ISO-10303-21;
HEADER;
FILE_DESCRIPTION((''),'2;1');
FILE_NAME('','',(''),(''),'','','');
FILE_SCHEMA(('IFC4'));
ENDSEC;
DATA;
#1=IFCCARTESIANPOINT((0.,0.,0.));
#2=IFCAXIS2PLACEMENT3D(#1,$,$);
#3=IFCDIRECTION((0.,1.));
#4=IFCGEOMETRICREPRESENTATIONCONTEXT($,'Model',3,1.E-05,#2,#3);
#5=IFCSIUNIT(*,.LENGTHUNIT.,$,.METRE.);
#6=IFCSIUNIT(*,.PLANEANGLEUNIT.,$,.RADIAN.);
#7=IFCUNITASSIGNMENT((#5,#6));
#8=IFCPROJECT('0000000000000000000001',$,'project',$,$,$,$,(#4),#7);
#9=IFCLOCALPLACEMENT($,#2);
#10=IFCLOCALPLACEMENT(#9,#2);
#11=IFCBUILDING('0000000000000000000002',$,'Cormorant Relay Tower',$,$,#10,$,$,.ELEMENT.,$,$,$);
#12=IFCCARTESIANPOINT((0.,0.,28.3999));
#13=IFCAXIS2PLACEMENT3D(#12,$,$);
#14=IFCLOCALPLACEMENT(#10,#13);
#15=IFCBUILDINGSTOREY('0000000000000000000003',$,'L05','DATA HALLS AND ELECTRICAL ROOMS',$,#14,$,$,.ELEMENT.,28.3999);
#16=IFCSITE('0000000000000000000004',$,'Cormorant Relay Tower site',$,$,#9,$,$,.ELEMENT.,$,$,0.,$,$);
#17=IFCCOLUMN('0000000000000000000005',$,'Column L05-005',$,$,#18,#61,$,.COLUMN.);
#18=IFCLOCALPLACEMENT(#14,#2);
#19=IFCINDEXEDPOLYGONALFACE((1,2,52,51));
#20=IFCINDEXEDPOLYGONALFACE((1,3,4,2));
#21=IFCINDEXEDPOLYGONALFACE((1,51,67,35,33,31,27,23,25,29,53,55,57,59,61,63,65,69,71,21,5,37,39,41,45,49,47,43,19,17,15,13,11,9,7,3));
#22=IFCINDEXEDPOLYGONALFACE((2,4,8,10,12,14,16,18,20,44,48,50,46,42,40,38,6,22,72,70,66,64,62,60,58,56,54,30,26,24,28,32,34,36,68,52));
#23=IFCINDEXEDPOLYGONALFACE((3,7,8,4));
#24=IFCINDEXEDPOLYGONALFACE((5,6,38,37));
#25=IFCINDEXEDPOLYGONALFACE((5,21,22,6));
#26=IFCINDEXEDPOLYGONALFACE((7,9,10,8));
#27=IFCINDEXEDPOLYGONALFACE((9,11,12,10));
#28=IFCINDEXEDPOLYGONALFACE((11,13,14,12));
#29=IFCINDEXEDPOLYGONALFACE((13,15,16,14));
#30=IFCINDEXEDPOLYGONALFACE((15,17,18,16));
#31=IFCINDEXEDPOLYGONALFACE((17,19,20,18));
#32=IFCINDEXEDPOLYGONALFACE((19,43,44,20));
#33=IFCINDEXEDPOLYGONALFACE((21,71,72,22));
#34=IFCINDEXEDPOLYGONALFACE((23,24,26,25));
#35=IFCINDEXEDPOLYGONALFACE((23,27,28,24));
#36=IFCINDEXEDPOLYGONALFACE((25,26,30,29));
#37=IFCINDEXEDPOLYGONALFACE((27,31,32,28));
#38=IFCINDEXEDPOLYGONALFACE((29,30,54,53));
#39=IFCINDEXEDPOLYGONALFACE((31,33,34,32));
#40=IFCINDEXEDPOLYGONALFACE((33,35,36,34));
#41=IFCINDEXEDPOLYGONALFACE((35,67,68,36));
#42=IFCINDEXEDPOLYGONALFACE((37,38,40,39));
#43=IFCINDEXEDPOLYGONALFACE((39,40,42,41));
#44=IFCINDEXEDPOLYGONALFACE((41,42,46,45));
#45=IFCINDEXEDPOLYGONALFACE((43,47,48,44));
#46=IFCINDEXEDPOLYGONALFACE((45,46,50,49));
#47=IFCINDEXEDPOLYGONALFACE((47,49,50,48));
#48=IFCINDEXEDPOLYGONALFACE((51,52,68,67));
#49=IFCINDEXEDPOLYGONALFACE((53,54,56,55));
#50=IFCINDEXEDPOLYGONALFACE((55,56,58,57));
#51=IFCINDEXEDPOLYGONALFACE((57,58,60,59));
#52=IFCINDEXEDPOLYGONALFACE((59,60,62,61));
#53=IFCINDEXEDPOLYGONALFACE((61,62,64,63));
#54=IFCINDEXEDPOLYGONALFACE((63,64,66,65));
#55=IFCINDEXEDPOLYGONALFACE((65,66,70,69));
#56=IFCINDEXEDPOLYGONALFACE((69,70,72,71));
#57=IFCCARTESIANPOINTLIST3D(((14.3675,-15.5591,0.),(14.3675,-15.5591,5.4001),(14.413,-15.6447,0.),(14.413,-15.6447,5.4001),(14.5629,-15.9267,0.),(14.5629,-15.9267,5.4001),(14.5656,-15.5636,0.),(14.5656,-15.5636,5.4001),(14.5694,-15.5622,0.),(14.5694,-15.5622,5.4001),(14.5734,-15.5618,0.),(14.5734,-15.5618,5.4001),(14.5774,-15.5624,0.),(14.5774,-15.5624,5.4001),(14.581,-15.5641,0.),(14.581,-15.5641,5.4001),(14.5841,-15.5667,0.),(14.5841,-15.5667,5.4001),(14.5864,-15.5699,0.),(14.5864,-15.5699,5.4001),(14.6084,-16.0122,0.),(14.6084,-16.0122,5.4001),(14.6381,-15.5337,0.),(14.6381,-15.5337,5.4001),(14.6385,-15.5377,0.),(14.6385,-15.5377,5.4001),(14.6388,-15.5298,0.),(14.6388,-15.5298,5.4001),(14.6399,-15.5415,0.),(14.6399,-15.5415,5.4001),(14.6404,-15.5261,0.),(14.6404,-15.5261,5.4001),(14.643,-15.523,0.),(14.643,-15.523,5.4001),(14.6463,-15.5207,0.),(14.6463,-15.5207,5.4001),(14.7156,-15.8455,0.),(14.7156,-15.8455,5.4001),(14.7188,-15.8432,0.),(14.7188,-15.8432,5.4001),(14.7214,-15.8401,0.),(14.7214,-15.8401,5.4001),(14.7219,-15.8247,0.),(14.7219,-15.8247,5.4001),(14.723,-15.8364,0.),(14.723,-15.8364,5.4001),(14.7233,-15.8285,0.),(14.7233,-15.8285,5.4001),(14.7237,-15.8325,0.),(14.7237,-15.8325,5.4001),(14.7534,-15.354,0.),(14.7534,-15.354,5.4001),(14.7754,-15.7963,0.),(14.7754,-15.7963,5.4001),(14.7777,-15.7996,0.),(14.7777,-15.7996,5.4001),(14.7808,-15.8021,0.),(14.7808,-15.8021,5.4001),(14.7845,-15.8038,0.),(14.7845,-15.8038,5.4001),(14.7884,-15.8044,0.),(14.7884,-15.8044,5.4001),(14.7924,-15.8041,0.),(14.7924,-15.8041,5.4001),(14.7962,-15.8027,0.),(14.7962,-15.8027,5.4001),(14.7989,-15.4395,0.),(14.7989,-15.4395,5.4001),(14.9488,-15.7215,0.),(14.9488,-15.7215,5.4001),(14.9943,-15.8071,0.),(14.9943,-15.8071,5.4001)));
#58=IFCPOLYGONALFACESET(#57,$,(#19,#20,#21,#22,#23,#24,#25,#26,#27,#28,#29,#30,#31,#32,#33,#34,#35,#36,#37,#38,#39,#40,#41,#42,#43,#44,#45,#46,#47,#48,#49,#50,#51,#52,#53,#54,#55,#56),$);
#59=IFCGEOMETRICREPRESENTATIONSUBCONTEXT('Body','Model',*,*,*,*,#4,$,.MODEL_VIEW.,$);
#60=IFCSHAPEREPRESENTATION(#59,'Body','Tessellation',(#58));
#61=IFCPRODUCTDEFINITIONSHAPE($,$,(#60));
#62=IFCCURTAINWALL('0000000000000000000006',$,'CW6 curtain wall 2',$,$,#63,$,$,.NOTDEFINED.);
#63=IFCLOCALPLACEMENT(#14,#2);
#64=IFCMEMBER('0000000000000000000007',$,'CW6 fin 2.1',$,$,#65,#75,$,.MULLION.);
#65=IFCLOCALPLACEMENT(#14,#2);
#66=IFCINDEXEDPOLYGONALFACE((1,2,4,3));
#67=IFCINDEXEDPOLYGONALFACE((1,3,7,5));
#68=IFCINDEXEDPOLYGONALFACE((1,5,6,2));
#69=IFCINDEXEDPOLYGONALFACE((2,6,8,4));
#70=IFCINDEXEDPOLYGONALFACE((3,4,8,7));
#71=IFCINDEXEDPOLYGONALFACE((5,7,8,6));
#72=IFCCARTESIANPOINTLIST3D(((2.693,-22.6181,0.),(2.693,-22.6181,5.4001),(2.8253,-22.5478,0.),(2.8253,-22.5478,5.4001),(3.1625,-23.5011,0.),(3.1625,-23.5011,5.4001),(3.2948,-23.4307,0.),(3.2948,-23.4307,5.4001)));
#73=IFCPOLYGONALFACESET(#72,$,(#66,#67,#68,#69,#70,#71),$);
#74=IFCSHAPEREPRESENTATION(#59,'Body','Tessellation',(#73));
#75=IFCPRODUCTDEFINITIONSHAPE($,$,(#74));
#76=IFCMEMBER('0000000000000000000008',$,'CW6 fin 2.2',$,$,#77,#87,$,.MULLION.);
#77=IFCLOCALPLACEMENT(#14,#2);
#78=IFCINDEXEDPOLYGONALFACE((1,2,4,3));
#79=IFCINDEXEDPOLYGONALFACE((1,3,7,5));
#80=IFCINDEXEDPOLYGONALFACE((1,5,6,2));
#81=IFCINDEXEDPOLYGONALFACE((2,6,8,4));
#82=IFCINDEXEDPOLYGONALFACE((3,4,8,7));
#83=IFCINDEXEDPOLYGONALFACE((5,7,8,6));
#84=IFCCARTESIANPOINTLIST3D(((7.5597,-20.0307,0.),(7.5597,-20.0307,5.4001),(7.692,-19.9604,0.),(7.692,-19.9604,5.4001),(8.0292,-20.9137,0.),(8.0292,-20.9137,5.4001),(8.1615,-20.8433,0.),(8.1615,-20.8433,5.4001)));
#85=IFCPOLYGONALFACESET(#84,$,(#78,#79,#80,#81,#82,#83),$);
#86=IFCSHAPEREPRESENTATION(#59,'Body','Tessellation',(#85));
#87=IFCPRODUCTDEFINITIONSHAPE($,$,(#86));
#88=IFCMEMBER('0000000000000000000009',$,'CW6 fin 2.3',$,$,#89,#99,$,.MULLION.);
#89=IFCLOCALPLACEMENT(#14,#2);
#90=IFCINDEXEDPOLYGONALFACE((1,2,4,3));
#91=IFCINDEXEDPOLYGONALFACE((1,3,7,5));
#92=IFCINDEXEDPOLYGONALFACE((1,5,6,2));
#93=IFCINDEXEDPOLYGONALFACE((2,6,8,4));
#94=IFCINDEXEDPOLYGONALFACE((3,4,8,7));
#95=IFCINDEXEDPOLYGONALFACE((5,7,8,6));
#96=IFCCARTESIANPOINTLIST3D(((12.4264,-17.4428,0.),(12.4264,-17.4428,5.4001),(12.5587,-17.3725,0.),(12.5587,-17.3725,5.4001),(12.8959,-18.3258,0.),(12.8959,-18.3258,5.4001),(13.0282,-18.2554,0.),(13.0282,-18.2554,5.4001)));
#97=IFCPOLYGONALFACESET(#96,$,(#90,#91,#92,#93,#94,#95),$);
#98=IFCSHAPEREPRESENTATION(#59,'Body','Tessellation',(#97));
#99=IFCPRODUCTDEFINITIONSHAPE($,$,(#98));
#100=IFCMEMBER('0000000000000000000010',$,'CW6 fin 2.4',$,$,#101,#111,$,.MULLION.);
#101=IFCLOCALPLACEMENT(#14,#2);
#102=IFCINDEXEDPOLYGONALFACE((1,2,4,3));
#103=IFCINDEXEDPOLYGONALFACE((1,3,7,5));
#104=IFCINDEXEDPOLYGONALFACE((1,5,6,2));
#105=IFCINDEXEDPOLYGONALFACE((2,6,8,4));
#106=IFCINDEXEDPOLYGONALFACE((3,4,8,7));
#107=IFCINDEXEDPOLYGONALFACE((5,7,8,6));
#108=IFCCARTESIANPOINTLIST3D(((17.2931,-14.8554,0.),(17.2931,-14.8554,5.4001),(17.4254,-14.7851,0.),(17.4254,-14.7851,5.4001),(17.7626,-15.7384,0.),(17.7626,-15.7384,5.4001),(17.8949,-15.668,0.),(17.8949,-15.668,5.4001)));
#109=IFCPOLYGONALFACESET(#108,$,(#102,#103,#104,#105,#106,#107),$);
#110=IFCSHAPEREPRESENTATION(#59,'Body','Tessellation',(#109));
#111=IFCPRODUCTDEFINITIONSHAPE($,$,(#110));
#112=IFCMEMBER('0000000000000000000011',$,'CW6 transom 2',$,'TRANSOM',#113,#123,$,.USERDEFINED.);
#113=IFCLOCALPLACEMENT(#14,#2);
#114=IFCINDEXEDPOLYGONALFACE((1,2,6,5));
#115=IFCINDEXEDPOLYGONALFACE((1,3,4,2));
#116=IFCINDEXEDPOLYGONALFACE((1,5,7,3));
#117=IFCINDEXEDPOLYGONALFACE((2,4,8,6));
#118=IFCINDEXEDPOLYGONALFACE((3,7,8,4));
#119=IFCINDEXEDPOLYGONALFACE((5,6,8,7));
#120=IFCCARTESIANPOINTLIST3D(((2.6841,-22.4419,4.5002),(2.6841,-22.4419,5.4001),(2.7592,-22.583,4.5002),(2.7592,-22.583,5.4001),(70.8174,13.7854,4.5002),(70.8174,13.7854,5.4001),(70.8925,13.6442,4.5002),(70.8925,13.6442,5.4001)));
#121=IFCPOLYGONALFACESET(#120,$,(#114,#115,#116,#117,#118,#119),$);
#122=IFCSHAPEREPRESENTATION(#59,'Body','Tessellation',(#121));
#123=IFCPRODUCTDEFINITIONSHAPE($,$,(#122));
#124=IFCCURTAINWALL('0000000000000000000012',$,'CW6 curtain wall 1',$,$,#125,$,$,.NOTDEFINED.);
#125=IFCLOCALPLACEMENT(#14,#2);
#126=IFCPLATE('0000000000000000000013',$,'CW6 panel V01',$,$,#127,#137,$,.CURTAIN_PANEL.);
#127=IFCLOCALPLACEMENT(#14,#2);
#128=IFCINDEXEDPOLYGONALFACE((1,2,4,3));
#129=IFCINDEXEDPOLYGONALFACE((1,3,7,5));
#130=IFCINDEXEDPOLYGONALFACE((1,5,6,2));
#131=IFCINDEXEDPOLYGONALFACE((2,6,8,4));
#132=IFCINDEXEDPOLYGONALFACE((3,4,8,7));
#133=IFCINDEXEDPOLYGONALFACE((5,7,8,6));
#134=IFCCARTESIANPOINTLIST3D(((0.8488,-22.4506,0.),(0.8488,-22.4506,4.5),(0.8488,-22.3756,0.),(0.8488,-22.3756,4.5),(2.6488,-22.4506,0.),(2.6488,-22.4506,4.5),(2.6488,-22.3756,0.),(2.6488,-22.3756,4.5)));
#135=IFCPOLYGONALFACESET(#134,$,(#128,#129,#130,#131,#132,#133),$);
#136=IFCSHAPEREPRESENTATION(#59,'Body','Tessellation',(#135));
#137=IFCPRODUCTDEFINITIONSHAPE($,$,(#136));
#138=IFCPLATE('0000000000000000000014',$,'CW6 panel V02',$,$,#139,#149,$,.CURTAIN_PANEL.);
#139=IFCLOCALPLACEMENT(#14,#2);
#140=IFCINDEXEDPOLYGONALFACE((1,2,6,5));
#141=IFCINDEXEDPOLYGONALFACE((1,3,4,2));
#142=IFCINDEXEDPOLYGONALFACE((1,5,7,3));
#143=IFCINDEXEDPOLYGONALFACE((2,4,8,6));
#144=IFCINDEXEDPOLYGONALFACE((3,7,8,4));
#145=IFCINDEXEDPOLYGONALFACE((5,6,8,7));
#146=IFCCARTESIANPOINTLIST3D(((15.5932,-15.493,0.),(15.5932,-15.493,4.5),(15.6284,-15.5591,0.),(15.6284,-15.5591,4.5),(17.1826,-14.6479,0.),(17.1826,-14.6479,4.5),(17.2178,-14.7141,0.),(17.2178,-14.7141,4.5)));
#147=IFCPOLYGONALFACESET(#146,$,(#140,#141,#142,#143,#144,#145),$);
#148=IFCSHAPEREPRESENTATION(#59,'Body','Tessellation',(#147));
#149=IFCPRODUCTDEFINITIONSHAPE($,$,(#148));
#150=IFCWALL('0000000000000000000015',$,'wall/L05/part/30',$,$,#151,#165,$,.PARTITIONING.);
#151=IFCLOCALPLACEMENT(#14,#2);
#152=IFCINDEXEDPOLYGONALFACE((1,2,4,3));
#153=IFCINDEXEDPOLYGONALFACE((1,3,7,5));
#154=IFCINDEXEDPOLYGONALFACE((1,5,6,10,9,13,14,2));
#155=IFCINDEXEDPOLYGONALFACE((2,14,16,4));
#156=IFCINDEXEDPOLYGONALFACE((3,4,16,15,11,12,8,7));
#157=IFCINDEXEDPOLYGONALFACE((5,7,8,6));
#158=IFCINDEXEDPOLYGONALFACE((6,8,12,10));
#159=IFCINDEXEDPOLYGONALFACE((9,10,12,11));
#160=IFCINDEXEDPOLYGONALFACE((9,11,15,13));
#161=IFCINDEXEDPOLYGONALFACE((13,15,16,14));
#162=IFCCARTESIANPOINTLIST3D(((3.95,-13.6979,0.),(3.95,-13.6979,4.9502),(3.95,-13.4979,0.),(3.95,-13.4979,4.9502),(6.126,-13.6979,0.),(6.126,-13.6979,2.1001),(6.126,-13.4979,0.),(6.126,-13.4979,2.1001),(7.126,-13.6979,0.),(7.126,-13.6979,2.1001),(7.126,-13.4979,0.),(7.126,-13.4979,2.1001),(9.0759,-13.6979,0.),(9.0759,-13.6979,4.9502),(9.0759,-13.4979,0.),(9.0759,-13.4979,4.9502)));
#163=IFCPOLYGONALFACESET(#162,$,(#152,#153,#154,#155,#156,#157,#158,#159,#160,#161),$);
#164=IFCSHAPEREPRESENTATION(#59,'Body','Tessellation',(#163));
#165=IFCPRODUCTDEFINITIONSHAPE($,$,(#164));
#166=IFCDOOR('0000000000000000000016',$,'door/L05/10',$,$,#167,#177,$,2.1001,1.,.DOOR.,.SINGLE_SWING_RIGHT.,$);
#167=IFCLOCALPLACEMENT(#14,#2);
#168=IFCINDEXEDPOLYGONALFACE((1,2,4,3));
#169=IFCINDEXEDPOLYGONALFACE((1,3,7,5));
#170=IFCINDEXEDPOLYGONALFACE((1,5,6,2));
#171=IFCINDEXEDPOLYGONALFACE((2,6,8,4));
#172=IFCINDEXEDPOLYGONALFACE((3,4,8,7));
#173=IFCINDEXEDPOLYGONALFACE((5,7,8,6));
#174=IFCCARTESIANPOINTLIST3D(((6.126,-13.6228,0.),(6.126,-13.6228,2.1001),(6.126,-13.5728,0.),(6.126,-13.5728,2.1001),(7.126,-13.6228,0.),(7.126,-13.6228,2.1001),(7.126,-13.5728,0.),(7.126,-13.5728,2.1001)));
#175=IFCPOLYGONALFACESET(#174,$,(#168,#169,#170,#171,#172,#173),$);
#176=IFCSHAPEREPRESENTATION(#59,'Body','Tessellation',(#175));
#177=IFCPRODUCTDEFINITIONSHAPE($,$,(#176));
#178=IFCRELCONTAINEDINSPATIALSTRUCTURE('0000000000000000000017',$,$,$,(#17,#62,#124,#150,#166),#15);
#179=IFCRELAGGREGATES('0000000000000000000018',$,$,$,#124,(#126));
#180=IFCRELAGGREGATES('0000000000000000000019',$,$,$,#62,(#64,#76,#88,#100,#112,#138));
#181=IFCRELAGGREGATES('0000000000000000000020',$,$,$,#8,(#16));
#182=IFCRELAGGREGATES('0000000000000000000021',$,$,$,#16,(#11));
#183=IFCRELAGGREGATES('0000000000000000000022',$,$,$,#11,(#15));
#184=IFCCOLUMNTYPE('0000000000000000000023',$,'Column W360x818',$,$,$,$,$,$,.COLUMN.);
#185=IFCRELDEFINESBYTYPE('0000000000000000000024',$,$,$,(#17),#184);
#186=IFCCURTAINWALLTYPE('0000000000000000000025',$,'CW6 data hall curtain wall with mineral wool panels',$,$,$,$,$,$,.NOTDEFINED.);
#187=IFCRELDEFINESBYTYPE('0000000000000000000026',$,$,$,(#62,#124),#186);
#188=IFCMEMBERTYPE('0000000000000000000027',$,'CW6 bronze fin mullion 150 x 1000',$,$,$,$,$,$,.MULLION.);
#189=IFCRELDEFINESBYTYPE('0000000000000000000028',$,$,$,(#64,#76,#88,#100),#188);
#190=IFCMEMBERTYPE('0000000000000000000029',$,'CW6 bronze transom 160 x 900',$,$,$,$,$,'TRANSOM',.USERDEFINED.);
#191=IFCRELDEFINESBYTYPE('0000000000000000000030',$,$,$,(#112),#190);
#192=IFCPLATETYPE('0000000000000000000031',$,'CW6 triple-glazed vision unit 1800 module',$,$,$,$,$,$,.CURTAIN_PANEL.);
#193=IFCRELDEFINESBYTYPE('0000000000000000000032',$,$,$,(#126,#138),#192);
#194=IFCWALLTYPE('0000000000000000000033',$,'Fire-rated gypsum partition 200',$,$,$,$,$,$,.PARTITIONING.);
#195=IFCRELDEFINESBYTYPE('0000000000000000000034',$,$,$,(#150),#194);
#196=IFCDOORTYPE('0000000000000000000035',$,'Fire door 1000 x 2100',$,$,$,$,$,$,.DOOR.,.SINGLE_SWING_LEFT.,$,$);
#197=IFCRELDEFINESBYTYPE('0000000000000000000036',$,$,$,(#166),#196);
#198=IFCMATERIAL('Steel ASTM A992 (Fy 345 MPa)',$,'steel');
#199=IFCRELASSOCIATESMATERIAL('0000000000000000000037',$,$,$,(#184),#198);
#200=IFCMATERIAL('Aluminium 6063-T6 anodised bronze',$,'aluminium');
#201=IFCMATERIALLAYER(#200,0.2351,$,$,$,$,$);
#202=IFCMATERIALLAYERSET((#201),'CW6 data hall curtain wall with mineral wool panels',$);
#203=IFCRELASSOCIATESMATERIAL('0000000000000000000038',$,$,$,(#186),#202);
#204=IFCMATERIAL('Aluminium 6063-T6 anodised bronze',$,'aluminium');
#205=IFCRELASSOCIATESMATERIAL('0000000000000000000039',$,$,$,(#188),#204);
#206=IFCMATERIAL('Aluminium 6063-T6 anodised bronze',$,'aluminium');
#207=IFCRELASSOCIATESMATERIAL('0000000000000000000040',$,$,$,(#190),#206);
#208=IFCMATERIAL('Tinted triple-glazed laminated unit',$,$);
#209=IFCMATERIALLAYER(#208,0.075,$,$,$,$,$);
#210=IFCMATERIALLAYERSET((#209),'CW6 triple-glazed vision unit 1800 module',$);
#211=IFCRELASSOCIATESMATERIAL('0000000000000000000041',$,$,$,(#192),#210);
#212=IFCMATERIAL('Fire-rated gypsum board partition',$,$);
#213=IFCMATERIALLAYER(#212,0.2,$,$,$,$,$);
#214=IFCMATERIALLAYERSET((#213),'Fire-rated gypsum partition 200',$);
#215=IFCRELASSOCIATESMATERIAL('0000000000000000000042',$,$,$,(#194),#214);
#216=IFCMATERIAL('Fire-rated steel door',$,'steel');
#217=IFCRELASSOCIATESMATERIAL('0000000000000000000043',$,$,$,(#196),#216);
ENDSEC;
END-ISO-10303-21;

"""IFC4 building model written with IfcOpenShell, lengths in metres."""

from ifc_helpers import new_model, si_unit, direction, frame, frame_2d, origin, origin_2d, place, context, subcontext, project, spatial, rectangle, i_section, extrude, material, layer, layer_set, material_profile, profile_set, type_object, element, fill, aggregate, save


model = new_model("IFC4")

# Units and contexts
model_context = context("Model", 3, precision=1e-05, world=origin(), true_north=direction((0.0, 1.0)))
body_context = subcontext(model_context, "Body", "Model", "MODEL_VIEW")
ifc_project = project(units=[si_unit("LENGTHUNIT", "METRE"), si_unit("PLANEANGLEUNIT", "RADIAN")], contexts=[model_context])

# Site, building, storey
site_placement = place(None, origin())
site = spatial("IfcSite", under=ifc_project, at=site_placement, Name="Cormorant Relay Tower site", CompositionType="ELEMENT", RefElevation=0.0)
building_placement = place(site_placement, origin())
building = spatial("IfcBuilding", under=site, at=building_placement, Name="Cormorant Relay Tower", CompositionType="ELEMENT")
storey_placement = place(building_placement, frame((0.0, 0.0, 28.3999)))
storey = spatial("IfcBuildingStorey", under=building, at=storey_placement, Name="L05", Description="DATA HALLS AND ELECTRICAL ROOMS", CompositionType="ELEMENT", Elevation=28.3999)

# Column
ifc_material_1 = material(Name="Steel ASTM A992 (Fy 345 MPa)", Category="steel")
ifc_material_profile_1 = material_profile(ifc_material_1, i_section(OverallWidth=0.437, OverallDepth=0.5132, WebThickness=0.0605, FlangeThickness=0.0969, FilletRadius=0.0154, at=origin_2d()), Name="W360x818")
ifc_profile_set_1 = profile_set([ifc_material_profile_1], Name="Steel ASTM A992 (Fy 345 MPa)")
column_type_1 = type_object("IfcColumnType", Name="Column W360x818", PredefinedType="COLUMN", material=ifc_profile_set_1)
for number, where, z_axis, x_axis, name in (
    (1, (14.6809, -15.6831, 0.0), (0.0, 0.0, 1.0), (0.882948, 0.469472, 0.0), "Column L05-005"),
):
    element("IfcColumn", number, at=place(storey_placement, frame(where, z_axis=z_axis, x_axis=x_axis)), inside=storey, type_object=column_type_1, Name=name, PredefinedType="COLUMN", context=body_context, shape_type="SweptSolid", body=[
        extrude(i_section(OverallWidth=0.437, OverallDepth=0.5132, WebThickness=0.0605, FlangeThickness=0.0969, FilletRadius=0.0154, at=origin_2d()), origin(), (0.0, 0.0, 1.0), 5.4001),
    ])

# Curtain wall, members
ifc_material_2 = material(Name="Aluminium 6063-T6 anodised bronze", Category="aluminium")
ifc_layer_1 = layer(ifc_material_2, 0.2351)
ifc_layer_set_1 = layer_set([ifc_layer_1], Name="CW6 data hall curtain wall with mineral wool panels")
curtain_wall_type = type_object("IfcCurtainWallType", Name="CW6 data hall curtain wall with mineral wool panels", PredefinedType="NOTDEFINED", material=ifc_layer_set_1)
curtain_wall_1_placement = place(storey_placement, origin())
curtain_wall_1 = element("IfcCurtainWall", 2, at=curtain_wall_1_placement, inside=storey, type_object=curtain_wall_type, Name="CW6 curtain wall 2", PredefinedType="NOTDEFINED")
ifc_material_3 = material(Name="Aluminium 6063-T6 anodised bronze", Category="aluminium")
ifc_material_profile_2 = material_profile(ifc_material_3, rectangle(XDim=0.1499, YDim=1.0, at=origin_2d()), Name="AL 150x1000")
ifc_profile_set_2 = profile_set([ifc_material_profile_2], Name="Aluminium 6063-T6 anodised bronze")
member_type_1 = type_object("IfcMemberType", Name="CW6 bronze fin mullion 150 x 1000", PredefinedType="MULLION", material=ifc_profile_set_2)
member_1_placement = place(storey_placement, frame((2.9939, -23.0244, 0.0), z_axis=(0.0, 0.0, 1.0), x_axis=(0.882948, 0.469472, 0.0)))
member_1 = element("IfcMember", 3, at=member_1_placement, type_object=member_type_1, Name="CW6 fin 2.1", PredefinedType="MULLION", context=body_context, shape_type="SweptSolid", body=[
    extrude(rectangle(XDim=0.1499, YDim=1.0, at=origin_2d()), origin(), (0.0, 0.0, 1.0), 5.4001),
])
member_2_placement = place(storey_placement, frame((7.8606, -20.437, 0.0), z_axis=(0.0, 0.0, 1.0), x_axis=(0.882948, 0.469472, 0.0)))
member_2 = element("IfcMember", 4, at=member_2_placement, type_object=member_type_1, Name="CW6 fin 2.2", PredefinedType="MULLION", context=body_context, shape_type="SweptSolid", body=[
    extrude(rectangle(XDim=0.1499, YDim=1.0, at=origin_2d()), origin(), (0.0, 0.0, 1.0), 5.4001),
])
member_3_placement = place(storey_placement, frame((12.7273, -17.8491, 0.0), z_axis=(0.0, 0.0, 1.0), x_axis=(0.882948, 0.469472, 0.0)))
member_3 = element("IfcMember", 5, at=member_3_placement, type_object=member_type_1, Name="CW6 fin 2.3", PredefinedType="MULLION", context=body_context, shape_type="SweptSolid", body=[
    extrude(rectangle(XDim=0.1499, YDim=1.0, at=origin_2d()), origin(), (0.0, 0.0, 1.0), 5.4001),
])
member_4_placement = place(storey_placement, frame((17.594, -15.2617, 0.0), z_axis=(0.0, 0.0, 1.0), x_axis=(0.882948, 0.469472, 0.0)))
member_4 = element("IfcMember", 6, at=member_4_placement, type_object=member_type_1, Name="CW6 fin 2.4", PredefinedType="MULLION", context=body_context, shape_type="SweptSolid", body=[
    extrude(rectangle(XDim=0.1499, YDim=1.0, at=origin_2d()), origin(), (0.0, 0.0, 1.0), 5.4001),
])
ifc_material_4 = material(Name="Aluminium 6063-T6 anodised bronze", Category="aluminium")
ifc_material_profile_3 = material_profile(ifc_material_4, rectangle(XDim=0.1599, YDim=0.8999, at=origin_2d()), Name="AL 160x900")
ifc_profile_set_3 = profile_set([ifc_material_profile_3], Name="Aluminium 6063-T6 anodised bronze")
member_type_2 = type_object("IfcMemberType", Name="CW6 bronze transom 160 x 900", ElementType="TRANSOM", PredefinedType="USERDEFINED", material=ifc_profile_set_3)
member_5_placement = place(storey_placement, frame((2.7217, -22.5125, 4.9502), z_axis=(0.882947, 0.469473, 0.0), x_axis=(-0.469473, 0.882947, 0.0)))
member_5 = element("IfcMember", 7, at=member_5_placement, type_object=member_type_2, Name="CW6 transom 2", ObjectType="TRANSOM", PredefinedType="USERDEFINED", context=body_context, shape_type="SweptSolid", body=[
    extrude(rectangle(XDim=0.1599, YDim=0.8999, at=origin_2d()), origin(), (0.0, 0.0, 1.0), 77.1658),
])

# Curtain wall, plate
curtain_wall_2_placement = place(storey_placement, origin())
curtain_wall_2 = element("IfcCurtainWall", 8, at=curtain_wall_2_placement, inside=storey, type_object=curtain_wall_type, Name="CW6 curtain wall 1", PredefinedType="NOTDEFINED")
ifc_material_5 = material(Name="Tinted triple-glazed laminated unit")
ifc_layer_2 = layer(ifc_material_5, 0.075)
ifc_layer_set_2 = layer_set([ifc_layer_2], Name="CW6 triple-glazed vision unit 1800 module")
plate_type = type_object("IfcPlateType", Name="CW6 triple-glazed vision unit 1800 module", PredefinedType="CURTAIN_PANEL", material=ifc_layer_set_2)
plate_1_placement = place(storey_placement, frame((1.7488, -22.4131, 0.0), z_axis=(0.0, 0.0, 1.0), x_axis=(1.0, 0.0, 0.0)))
plate_1 = element("IfcPlate", 9, at=plate_1_placement, type_object=plate_type, Name="CW6 panel V01", PredefinedType="CURTAIN_PANEL", context=body_context, shape_type="SweptSolid", body=[
    extrude(rectangle(XDim=1.8, YDim=0.075, at=origin_2d()), origin(), (0.0, 0.0, 1.0), 4.5),
])
aggregate(curtain_wall_2, [plate_1])

# Plate
plate_2_placement = place(storey_placement, frame((16.4055, -15.1035, 0.0), z_axis=(0.0, 0.0, 1.0), x_axis=(0.882948, 0.469472, 0.0)))
plate_2 = element("IfcPlate", 10, at=plate_2_placement, type_object=plate_type, Name="CW6 panel V02", PredefinedType="CURTAIN_PANEL", context=body_context, shape_type="SweptSolid", body=[
    extrude(rectangle(XDim=1.8, YDim=0.075, at=origin_2d()), origin(), (0.0, 0.0, 1.0), 4.5),
])

# Wall, opening, door
ifc_material_6 = material(Name="Fire-rated gypsum board partition")
ifc_layer_3 = layer(ifc_material_6, 0.2)
ifc_layer_set_3 = layer_set([ifc_layer_3], Name="Fire-rated gypsum partition 200")
wall_type_1 = type_object("IfcWallType", Name="Fire-rated gypsum partition 200", PredefinedType="PARTITIONING", material=ifc_layer_set_3)
wall_1_placement = place(storey_placement, frame((9.0759, -13.5979, 0.0), z_axis=(0.0, 0.0, 1.0), x_axis=(-1.0, 0.0, 0.0)))
wall_1 = element("IfcWall", 11, at=wall_1_placement, inside=storey, type_object=wall_type_1, Name="wall/L05/part/30", PredefinedType="PARTITIONING", context=body_context, shape_type="SweptSolid", body=[
    extrude(rectangle(XDim=5.126, YDim=0.2, at=frame_2d((2.563, 0.0))), origin(), (0.0, 0.0, 1.0), 4.9502),
])
opening_placement = place(wall_1_placement, frame((1.95, 0.0, 0.0)))
opening = element("IfcOpeningElement", 12, at=opening_placement, cuts=wall_1, PredefinedType="OPENING", context=body_context, shape_type="SweptSolid", body=[
    extrude(rectangle(XDim=1.0, YDim=2.1001, at=frame_2d((0.5, 1.05))), frame((0.0, 0.1099, 0.0), z_axis=(0.0, -1.0, 0.0), x_axis=(1.0, 0.0, 0.0)), (0.0, 0.0, 1.0), 0.22),
])
ifc_material_7 = material(Name="Fire-rated steel door", Category="steel")
door_type = type_object("IfcDoorType", Name="Fire door 1000 x 2100", OperationType="SINGLE_SWING_LEFT", PredefinedType="DOOR", material=ifc_material_7)
door_placement = place(opening_placement, origin())
door = element("IfcDoor", 13, at=door_placement, inside=storey, type_object=door_type, Name="door/L05/10", OperationType="SINGLE_SWING_RIGHT", OverallHeight=2.1001, OverallWidth=1.0, PredefinedType="DOOR", context=body_context, shape_type="SweptSolid", body=[
    extrude(rectangle(XDim=1.0, YDim=2.1001, at=frame_2d((0.5, 1.05))), frame((0.0, 0.0249, 0.0), z_axis=(0.0, -1.0, 0.0), x_axis=(1.0, 0.0, 0.0)), (0.0, 0.0, 1.0), 0.05),
])
fill(opening, door)

aggregate(curtain_wall_1, [member_1, member_2, member_3, member_4, member_5, plate_2])

save(model, "model.ifc")
